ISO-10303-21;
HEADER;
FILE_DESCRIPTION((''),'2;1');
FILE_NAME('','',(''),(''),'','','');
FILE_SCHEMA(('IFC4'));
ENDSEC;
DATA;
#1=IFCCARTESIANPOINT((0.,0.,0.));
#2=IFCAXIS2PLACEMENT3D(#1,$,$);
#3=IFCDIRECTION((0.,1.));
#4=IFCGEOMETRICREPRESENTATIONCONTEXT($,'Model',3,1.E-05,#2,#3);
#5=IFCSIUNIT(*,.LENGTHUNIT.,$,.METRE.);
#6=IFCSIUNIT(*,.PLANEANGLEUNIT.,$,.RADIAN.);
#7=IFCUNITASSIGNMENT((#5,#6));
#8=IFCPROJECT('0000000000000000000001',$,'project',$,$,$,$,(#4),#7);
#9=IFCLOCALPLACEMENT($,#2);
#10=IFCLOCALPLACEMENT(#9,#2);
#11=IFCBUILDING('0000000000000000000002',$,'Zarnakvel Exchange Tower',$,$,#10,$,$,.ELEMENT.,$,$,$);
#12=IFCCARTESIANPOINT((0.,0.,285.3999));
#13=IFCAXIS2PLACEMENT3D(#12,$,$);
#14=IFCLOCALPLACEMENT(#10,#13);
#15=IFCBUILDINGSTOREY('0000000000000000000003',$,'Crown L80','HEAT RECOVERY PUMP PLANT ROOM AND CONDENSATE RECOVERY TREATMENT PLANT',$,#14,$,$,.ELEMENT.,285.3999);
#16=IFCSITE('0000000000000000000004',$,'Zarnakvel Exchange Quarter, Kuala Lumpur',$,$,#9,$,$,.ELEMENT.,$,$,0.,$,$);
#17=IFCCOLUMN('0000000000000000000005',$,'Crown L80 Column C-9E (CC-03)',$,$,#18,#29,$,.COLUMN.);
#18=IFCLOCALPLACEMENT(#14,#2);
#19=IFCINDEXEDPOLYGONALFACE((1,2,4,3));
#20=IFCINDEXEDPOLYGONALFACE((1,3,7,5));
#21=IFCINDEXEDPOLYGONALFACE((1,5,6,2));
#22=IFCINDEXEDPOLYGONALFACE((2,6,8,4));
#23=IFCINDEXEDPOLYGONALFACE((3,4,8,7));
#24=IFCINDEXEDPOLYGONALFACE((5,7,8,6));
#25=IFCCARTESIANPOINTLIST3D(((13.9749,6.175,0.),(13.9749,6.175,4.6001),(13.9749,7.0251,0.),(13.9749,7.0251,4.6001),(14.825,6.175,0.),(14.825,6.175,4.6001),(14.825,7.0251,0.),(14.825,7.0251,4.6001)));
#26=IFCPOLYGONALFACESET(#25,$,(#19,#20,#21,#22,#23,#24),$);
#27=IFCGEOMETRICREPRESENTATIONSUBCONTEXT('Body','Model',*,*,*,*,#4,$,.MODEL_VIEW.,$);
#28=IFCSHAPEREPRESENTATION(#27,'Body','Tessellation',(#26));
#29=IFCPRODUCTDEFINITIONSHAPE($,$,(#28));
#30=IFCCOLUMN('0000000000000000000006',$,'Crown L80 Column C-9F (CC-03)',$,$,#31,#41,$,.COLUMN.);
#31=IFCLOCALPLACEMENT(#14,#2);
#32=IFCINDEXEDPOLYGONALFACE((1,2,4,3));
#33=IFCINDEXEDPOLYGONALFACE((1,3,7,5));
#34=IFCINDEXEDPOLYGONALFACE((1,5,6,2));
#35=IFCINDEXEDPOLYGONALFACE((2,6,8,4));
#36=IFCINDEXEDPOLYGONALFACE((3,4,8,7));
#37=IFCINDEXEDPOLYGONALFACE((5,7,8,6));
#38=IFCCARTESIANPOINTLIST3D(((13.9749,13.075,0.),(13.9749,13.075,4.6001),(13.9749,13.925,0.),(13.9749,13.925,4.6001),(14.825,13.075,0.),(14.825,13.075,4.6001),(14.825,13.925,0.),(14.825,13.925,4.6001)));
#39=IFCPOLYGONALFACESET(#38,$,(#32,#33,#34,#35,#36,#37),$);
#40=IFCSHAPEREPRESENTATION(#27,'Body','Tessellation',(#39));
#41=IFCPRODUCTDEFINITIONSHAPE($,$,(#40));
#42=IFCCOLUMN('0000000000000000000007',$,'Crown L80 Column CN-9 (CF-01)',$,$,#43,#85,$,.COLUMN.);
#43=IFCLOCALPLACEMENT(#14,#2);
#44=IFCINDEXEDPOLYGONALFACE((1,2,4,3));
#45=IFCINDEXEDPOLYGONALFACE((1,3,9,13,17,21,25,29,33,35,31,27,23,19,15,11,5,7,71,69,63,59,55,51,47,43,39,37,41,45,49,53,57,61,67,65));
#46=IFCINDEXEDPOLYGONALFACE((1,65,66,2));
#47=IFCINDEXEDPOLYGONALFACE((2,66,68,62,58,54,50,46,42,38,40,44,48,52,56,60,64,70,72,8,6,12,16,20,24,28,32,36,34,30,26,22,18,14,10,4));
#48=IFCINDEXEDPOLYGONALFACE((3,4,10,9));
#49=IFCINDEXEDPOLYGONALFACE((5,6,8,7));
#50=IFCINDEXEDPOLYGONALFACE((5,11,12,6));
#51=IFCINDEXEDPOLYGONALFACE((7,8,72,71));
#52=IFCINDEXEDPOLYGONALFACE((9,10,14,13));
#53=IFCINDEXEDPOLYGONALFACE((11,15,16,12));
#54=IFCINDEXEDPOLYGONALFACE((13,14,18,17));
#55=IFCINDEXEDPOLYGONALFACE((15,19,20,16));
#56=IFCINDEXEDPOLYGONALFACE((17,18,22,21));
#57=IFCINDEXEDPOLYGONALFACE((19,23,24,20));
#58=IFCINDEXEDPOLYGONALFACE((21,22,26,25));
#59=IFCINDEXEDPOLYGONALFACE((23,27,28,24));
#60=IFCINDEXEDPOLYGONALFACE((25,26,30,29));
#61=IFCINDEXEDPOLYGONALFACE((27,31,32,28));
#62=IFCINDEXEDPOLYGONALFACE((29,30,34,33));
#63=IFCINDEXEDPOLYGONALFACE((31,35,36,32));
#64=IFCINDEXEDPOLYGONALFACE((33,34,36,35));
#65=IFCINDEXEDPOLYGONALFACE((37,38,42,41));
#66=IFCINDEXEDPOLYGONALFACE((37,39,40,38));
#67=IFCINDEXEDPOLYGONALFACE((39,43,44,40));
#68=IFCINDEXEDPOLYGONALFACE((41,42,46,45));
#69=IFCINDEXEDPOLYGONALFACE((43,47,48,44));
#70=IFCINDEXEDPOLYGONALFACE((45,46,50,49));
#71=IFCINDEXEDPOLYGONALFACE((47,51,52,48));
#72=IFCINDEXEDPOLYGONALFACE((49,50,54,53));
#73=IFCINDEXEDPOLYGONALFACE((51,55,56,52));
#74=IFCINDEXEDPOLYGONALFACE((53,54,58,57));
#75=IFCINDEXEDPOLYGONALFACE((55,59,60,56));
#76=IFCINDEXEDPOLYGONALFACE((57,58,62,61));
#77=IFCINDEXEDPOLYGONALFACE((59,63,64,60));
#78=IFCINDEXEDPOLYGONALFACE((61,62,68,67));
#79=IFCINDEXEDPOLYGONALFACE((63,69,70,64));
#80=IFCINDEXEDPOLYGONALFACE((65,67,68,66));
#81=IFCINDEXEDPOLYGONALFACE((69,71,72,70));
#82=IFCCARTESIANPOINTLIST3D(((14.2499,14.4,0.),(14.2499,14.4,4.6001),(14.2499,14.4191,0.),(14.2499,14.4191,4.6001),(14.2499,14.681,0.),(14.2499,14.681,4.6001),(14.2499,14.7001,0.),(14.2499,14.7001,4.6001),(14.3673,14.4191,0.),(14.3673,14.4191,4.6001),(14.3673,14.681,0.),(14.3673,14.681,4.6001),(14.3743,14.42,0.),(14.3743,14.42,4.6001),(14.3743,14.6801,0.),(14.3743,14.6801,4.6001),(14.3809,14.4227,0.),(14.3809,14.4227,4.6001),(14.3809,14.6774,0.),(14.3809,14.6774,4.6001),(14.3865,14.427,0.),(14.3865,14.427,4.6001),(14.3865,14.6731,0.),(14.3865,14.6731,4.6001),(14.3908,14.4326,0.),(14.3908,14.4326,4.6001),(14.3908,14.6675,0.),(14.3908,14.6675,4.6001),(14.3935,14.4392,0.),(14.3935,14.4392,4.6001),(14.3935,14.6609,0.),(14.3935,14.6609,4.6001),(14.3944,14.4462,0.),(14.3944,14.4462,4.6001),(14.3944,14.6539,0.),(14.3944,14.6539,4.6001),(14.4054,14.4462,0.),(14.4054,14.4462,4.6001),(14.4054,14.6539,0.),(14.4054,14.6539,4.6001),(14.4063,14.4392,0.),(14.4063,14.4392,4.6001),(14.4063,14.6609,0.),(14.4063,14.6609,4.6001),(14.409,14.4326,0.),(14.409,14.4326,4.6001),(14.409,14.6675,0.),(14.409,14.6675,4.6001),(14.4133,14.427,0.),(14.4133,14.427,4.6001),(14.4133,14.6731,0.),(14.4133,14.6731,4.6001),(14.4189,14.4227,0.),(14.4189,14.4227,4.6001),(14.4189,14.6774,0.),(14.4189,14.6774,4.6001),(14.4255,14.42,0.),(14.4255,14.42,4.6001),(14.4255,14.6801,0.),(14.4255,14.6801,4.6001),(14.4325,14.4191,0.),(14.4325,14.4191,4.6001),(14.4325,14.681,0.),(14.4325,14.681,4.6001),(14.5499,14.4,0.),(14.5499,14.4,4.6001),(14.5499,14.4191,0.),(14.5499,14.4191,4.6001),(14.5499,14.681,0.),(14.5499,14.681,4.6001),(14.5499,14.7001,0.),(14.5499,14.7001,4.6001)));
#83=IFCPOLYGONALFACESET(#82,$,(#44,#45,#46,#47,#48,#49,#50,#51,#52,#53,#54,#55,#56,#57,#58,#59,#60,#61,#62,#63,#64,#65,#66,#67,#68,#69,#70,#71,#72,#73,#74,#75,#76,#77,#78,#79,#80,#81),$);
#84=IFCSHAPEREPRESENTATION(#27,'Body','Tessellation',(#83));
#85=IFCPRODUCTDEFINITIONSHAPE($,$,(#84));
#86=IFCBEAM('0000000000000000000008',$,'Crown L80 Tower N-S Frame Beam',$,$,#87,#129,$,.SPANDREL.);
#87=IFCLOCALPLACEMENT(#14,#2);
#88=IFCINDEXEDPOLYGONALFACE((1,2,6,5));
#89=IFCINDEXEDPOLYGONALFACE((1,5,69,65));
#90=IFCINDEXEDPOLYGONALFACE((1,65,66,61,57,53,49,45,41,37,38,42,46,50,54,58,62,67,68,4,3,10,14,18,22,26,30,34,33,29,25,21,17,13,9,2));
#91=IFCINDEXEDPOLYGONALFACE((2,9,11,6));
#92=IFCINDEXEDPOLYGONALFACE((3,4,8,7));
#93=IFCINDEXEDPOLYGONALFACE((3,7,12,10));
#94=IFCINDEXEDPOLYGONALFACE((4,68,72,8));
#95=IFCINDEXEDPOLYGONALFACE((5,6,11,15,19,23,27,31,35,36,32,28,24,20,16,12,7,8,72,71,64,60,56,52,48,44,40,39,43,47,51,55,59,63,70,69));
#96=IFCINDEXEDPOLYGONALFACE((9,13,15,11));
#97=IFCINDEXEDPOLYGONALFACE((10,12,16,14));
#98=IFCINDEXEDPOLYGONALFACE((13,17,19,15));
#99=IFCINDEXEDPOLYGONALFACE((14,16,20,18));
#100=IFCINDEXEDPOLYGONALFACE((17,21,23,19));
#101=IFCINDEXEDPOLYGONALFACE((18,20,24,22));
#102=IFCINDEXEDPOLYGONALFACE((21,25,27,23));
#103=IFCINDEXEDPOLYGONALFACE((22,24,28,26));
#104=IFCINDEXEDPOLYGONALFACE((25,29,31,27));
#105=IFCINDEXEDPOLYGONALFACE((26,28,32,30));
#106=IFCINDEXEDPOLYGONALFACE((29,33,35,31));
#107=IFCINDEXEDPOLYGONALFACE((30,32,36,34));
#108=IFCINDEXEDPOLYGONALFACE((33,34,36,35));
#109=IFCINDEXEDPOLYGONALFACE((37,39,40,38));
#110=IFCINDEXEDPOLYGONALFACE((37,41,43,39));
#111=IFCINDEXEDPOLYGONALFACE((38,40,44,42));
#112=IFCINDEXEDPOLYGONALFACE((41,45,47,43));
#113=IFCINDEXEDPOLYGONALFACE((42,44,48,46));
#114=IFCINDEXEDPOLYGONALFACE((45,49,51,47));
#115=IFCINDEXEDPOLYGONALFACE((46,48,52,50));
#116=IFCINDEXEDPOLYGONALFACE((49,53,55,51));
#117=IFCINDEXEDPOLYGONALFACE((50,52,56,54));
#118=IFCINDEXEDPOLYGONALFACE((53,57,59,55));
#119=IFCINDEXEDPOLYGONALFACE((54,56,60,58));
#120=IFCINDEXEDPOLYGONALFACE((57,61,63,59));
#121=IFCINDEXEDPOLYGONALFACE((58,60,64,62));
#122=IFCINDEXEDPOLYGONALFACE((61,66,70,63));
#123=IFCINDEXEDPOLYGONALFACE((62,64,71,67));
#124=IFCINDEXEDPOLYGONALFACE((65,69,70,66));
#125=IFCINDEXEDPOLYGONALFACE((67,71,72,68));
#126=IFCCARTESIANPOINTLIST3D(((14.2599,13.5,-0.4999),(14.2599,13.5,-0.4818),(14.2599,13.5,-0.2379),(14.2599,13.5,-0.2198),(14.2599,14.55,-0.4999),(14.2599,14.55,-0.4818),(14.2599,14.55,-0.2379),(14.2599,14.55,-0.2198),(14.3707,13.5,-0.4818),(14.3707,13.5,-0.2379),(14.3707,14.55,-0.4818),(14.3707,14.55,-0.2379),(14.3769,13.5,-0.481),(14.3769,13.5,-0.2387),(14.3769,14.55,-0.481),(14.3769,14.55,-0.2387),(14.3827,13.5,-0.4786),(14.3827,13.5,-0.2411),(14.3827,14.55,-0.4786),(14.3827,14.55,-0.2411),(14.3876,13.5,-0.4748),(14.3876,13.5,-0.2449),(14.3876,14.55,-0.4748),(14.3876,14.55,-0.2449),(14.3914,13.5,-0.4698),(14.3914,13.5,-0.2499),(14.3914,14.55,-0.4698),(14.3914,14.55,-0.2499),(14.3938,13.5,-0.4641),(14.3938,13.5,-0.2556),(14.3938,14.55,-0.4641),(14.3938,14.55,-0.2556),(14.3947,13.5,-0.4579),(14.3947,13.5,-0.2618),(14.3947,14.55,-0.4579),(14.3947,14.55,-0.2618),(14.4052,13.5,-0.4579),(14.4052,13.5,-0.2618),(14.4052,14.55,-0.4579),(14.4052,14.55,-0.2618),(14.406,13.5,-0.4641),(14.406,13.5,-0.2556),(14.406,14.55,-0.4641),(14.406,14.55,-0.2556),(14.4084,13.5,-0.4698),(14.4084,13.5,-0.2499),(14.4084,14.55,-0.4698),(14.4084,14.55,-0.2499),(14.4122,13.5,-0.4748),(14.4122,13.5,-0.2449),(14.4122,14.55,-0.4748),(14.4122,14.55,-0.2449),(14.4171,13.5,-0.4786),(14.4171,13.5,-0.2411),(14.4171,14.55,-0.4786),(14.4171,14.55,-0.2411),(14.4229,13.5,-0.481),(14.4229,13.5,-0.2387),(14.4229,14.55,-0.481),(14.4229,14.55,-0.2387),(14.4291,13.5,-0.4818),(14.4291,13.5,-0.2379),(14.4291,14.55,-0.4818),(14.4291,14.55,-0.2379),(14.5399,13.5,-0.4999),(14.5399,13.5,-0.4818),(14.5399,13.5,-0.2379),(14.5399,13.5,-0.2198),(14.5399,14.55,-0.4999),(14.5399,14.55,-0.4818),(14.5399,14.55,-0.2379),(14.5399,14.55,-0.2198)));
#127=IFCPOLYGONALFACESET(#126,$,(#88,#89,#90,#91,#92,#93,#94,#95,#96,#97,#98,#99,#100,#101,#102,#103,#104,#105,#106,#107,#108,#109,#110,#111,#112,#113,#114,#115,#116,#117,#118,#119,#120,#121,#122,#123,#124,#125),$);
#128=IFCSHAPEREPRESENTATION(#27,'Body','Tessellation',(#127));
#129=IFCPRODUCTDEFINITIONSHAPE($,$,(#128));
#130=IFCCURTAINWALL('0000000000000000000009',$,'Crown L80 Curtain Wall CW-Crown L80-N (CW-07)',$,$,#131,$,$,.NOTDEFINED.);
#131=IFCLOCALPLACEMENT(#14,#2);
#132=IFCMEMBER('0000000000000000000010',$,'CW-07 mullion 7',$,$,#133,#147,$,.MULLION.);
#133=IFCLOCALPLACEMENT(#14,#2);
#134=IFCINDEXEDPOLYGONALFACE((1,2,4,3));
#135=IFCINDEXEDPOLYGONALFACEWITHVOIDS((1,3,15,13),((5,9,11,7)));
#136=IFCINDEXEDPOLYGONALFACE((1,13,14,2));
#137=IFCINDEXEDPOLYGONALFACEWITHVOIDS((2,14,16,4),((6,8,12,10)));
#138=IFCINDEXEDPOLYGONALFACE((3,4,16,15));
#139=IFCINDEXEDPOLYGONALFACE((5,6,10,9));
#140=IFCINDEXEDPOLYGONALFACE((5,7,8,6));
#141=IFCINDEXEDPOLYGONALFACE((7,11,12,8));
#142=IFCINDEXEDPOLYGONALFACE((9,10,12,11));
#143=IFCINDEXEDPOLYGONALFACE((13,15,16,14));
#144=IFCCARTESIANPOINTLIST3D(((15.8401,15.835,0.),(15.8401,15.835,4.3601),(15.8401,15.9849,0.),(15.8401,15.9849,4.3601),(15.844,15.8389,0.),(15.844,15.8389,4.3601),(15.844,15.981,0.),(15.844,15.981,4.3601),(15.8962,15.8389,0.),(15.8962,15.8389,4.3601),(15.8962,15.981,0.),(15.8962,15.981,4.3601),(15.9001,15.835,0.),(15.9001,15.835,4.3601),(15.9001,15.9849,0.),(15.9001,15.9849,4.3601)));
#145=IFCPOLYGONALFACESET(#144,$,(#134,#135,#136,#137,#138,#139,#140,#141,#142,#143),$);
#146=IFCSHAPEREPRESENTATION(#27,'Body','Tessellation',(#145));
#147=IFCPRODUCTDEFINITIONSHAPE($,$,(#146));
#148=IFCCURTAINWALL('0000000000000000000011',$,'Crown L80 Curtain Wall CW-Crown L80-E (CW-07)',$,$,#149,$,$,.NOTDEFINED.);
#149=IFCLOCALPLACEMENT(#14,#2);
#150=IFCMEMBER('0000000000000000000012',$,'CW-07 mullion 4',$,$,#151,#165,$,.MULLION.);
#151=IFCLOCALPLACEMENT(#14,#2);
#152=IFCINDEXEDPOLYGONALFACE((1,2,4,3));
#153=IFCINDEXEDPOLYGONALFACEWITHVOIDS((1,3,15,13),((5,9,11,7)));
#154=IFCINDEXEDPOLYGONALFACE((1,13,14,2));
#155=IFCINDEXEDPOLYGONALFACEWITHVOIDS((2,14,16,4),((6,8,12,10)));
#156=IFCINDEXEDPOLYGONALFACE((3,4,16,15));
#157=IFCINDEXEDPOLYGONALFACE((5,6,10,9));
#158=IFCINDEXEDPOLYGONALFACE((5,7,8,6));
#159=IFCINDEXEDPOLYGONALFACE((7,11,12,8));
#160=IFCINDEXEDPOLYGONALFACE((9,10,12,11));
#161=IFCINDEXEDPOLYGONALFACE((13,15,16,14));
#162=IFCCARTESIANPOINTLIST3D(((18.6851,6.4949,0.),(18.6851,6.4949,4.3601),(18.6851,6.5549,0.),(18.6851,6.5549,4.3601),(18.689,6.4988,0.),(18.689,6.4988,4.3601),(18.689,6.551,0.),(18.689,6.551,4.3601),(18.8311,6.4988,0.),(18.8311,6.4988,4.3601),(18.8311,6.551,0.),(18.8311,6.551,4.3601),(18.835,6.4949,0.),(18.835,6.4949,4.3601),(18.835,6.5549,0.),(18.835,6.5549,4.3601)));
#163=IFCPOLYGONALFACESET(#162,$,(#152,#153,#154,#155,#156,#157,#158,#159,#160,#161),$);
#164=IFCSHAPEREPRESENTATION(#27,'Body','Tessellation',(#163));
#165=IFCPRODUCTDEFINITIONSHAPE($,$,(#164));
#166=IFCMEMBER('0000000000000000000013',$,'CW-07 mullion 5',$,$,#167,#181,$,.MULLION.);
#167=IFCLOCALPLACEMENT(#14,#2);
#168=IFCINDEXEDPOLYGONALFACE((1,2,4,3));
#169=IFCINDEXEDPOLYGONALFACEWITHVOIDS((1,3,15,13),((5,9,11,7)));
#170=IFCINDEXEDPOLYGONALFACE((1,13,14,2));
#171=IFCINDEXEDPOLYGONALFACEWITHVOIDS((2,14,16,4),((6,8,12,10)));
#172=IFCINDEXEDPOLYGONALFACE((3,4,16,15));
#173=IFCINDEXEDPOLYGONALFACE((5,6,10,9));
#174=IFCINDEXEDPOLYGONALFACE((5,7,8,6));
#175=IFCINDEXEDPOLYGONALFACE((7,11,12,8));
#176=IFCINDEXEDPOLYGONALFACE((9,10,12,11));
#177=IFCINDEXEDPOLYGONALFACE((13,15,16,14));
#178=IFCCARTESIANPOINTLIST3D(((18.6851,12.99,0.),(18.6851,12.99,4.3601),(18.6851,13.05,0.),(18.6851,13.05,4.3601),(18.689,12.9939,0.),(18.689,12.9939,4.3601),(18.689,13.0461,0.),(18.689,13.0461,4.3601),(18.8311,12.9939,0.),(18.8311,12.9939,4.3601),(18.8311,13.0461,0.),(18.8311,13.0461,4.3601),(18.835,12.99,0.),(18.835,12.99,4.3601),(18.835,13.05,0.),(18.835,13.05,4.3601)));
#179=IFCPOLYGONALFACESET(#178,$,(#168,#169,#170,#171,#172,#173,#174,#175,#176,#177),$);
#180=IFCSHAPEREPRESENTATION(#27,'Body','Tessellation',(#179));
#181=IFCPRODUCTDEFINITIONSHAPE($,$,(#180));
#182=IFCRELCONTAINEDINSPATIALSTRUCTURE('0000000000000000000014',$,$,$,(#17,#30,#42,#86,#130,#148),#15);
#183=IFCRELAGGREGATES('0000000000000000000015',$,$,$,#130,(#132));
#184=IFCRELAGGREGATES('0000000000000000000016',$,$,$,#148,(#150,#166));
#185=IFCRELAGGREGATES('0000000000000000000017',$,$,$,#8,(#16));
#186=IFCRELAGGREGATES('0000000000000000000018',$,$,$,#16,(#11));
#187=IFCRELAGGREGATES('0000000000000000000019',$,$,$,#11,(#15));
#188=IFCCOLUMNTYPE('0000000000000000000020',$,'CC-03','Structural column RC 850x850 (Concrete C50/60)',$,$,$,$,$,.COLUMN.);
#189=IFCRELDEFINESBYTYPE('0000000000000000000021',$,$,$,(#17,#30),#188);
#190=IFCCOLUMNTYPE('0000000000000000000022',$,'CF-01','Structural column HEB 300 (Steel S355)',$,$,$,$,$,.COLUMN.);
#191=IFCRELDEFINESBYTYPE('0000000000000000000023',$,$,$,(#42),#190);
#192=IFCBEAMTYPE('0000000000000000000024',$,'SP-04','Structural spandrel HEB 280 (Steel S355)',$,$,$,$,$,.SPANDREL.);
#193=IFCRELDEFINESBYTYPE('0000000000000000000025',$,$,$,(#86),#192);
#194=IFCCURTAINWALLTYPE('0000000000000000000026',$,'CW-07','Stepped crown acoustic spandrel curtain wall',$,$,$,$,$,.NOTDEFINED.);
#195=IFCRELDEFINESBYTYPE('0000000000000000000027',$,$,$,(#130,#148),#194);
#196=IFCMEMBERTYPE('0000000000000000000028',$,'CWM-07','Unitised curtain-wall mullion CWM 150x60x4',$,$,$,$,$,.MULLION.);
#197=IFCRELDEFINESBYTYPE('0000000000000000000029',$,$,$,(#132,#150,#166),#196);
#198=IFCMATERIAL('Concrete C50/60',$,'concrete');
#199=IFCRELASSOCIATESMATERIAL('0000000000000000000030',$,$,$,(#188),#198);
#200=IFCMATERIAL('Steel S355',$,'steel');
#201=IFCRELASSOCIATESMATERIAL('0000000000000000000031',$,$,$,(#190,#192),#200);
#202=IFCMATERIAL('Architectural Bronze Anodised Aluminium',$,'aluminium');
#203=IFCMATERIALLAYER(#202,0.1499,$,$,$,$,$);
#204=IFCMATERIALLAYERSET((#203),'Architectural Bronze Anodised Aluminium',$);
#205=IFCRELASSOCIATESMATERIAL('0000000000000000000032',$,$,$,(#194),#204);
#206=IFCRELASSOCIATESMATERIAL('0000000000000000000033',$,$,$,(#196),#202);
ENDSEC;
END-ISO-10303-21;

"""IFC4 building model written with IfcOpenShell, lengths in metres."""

from ifc_helpers import new_model, si_unit, direction, frame, origin, origin_2d, place, context, subcontext, project, spatial, rectangle, hollow_rectangle, i_section, extrude, source, transform, mapped, material, layer, layer_set, material_profile, profile_set, type_object, element, aggregate, save


model = new_model("IFC4")

# Units and contexts
model_context = context("Model", 3, precision=1e-05, world=origin(), true_north=direction((0.0, 1.0)))
body_context = subcontext(model_context, "Body", "Model", "MODEL_VIEW")
ifc_project = project(units=[si_unit("LENGTHUNIT", "METRE"), si_unit("PLANEANGLEUNIT", "RADIAN")], contexts=[model_context])

# Site, building, storey
site_placement = place(None, origin())
site = spatial("IfcSite", under=ifc_project, at=site_placement, Name="Zarnakvel Exchange Quarter, Kuala Lumpur", CompositionType="ELEMENT", RefElevation=0.0)
building_placement = place(site_placement, origin())
building = spatial("IfcBuilding", under=site, at=building_placement, Name="Zarnakvel Exchange Tower", CompositionType="ELEMENT")
storey_placement = place(building_placement, frame((0.0, 0.0, 285.3999)))
storey = spatial("IfcBuildingStorey", under=building, at=storey_placement, Name="Crown L80", Description="HEAT RECOVERY PUMP PLANT ROOM AND CONDENSATE RECOVERY TREATMENT PLANT", CompositionType="ELEMENT", Elevation=285.3999)

# Columns
ifc_material_1 = material(Name="Concrete C50/60", Category="concrete")
ifc_material_profile_1 = material_profile(ifc_material_1, rectangle(XDim=0.8501, YDim=0.8501, at=origin_2d()))
ifc_profile_set_1 = profile_set([ifc_material_profile_1], Name="Concrete C50/60")
column_type_1 = type_object("IfcColumnType", Name="CC-03", Description="Structural column RC 850x850 (Concrete C50/60)", PredefinedType="COLUMN", material=ifc_profile_set_1)
for number, where, z_axis, x_axis, name in (
    (1, (14.3999, 6.6001, 0.0), (0.0, 0.0, 1.0), (1.0, 0.0, 0.0), "Crown L80 Column C-9E (CC-03)"),
    (2, (14.3999, 13.5, 0.0), (0.0, 0.0, 1.0), (1.0, 0.0, 0.0), "Crown L80 Column C-9F (CC-03)"),
):
    element("IfcColumn", number, at=place(storey_placement, frame(where, z_axis=z_axis, x_axis=x_axis)), inside=storey, type_object=column_type_1, Name=name, PredefinedType="COLUMN", context=body_context, shape_type="SweptSolid", body=[
        extrude(rectangle(XDim=0.8501, YDim=0.8501, at=origin_2d()), origin(), (0.0, 0.0, 1.0), 4.6001),
    ])
ifc_material_2 = material(Name="Steel S355", Category="steel")
ifc_material_profile_2 = material_profile(ifc_material_2, i_section(OverallWidth=0.3, OverallDepth=0.3, WebThickness=0.011, FlangeThickness=0.019, FilletRadius=0.0271, at=origin_2d()))
ifc_profile_set_2 = profile_set([ifc_material_profile_2], Name="Steel S355")
column_type_2 = type_object("IfcColumnType", Name="CF-01", Description="Structural column HEB 300 (Steel S355)", PredefinedType="COLUMN", material=ifc_profile_set_2)
column_placement = place(storey_placement, frame((14.3999, 14.55, 0.0), z_axis=(0.0, 0.0, 1.0), x_axis=(1.0, 0.0, 0.0)))
element("IfcColumn", 3, at=column_placement, inside=storey, type_object=column_type_2, Name="Crown L80 Column CN-9 (CF-01)", PredefinedType="COLUMN", context=body_context, shape_type="SweptSolid", body=[
    extrude(i_section(OverallWidth=0.3, OverallDepth=0.3, WebThickness=0.011, FlangeThickness=0.019, FilletRadius=0.0271, at=origin_2d()), origin(), (0.0, 0.0, 1.0), 4.6001),
])

# Beam
ifc_material_profile_3 = material_profile(ifc_material_2, i_section(OverallWidth=0.28, OverallDepth=0.28, WebThickness=0.0105, FlangeThickness=0.0181, FilletRadius=0.0239, at=origin_2d()))
ifc_profile_set_3 = profile_set([ifc_material_profile_3], Name="Steel S355")
beam_type = type_object("IfcBeamType", Name="SP-04", Description="Structural spandrel HEB 280 (Steel S355)", PredefinedType="SPANDREL", material=ifc_profile_set_3)
beam_placement = place(storey_placement, frame((14.3999, 13.5, -0.3599), z_axis=(0.0, 1.0, 0.0), x_axis=(-1.0, 0.0, 0.0)))
element("IfcBeam", 4, at=beam_placement, inside=storey, type_object=beam_type, Name="Crown L80 Tower N-S Frame Beam", PredefinedType="SPANDREL", context=body_context, shape_type="SweptSolid", body=[
    extrude(i_section(OverallWidth=0.28, OverallDepth=0.28, WebThickness=0.0105, FlangeThickness=0.0181, FilletRadius=0.0239, at=origin_2d()), origin(), (0.0, 0.0, 1.0), 1.05),
])

# Curtain wall, member
ifc_material_3 = material(Name="Architectural Bronze Anodised Aluminium", Category="aluminium")
ifc_layer_1 = layer(ifc_material_3, 0.1499)
ifc_layer_set_1 = layer_set([ifc_layer_1], Name="Architectural Bronze Anodised Aluminium")
curtain_wall_type = type_object("IfcCurtainWallType", Name="CW-07", Description="Stepped crown acoustic spandrel curtain wall", PredefinedType="NOTDEFINED", material=ifc_layer_set_1)
curtain_wall_1_placement = place(storey_placement, origin())
curtain_wall_1 = element("IfcCurtainWall", 5, at=curtain_wall_1_placement, inside=storey, type_object=curtain_wall_type, Name="Crown L80 Curtain Wall CW-Crown L80-N (CW-07)", PredefinedType="NOTDEFINED")
ifc_material_profile_4 = material_profile(ifc_material_3, hollow_rectangle(XDim=0.1499, YDim=0.0601, WallThickness=0.0039, at=origin_2d()))
ifc_profile_set_4 = profile_set([ifc_material_profile_4], Name="Architectural Bronze Anodised Aluminium")
member_type_1 = type_object("IfcMemberType", Name="CWM-07", Description="Unitised curtain-wall mullion CWM 150x60x4", PredefinedType="MULLION", material=ifc_profile_set_4)
shared_shape_1 = source(origin(), body_context, "Body", "SweptSolid", [
    extrude(hollow_rectangle(XDim=0.1499, YDim=0.0601, WallThickness=0.0039, at=origin_2d()), origin(), (0.0, 0.0, 1.0), 4.3601),
])
member_1_placement = place(storey_placement, frame((15.8701, 15.9099, 0.0), z_axis=(0.0, 0.0, 1.0), x_axis=(0.0, 1.0, 0.0)))
member_1 = element("IfcMember", 6, at=member_1_placement, type_object=member_type_1, Name="CW-07 mullion 7", PredefinedType="MULLION", context=body_context, shape_type="MappedRepresentation", body=[
    mapped(shared_shape_1, transform((0.0, 0.0, 0.0), x_axis=(1.0, 0.0, 0.0), y_axis=(0.0, 1.0, 0.0), z_axis=(0.0, 0.0, 1.0), scale=1.0)),
])

# Curtain wall, members
curtain_wall_2_placement = place(storey_placement, origin())
curtain_wall_2 = element("IfcCurtainWall", 7, at=curtain_wall_2_placement, inside=storey, type_object=curtain_wall_type, Name="Crown L80 Curtain Wall CW-Crown L80-E (CW-07)", PredefinedType="NOTDEFINED")
member_2_placement = place(storey_placement, frame((18.76, 6.5249, 0.0), z_axis=(0.0, 0.0, 1.0), x_axis=(-1.0, 0.0, 0.0)))
member_2 = element("IfcMember", 8, at=member_2_placement, type_object=member_type_1, Name="CW-07 mullion 4", PredefinedType="MULLION", context=body_context, shape_type="MappedRepresentation", body=[
    mapped(shared_shape_1, transform((0.0, 0.0, 0.0), x_axis=(1.0, 0.0, 0.0), y_axis=(0.0, 1.0, 0.0), z_axis=(0.0, 0.0, 1.0), scale=1.0)),
])
member_3_placement = place(storey_placement, frame((18.76, 13.02, 0.0), z_axis=(0.0, 0.0, 1.0), x_axis=(-1.0, 0.0, 0.0)))
member_3 = element("IfcMember", 9, at=member_3_placement, type_object=member_type_1, Name="CW-07 mullion 5", PredefinedType="MULLION", context=body_context, shape_type="MappedRepresentation", body=[
    mapped(shared_shape_1, transform((0.0, 0.0, 0.0), x_axis=(1.0, 0.0, 0.0), y_axis=(0.0, 1.0, 0.0), z_axis=(0.0, 0.0, 1.0), scale=1.0)),
])

aggregate(curtain_wall_1, [member_1])
aggregate(curtain_wall_2, [member_2, member_3])

save(model, "model.ifc")
